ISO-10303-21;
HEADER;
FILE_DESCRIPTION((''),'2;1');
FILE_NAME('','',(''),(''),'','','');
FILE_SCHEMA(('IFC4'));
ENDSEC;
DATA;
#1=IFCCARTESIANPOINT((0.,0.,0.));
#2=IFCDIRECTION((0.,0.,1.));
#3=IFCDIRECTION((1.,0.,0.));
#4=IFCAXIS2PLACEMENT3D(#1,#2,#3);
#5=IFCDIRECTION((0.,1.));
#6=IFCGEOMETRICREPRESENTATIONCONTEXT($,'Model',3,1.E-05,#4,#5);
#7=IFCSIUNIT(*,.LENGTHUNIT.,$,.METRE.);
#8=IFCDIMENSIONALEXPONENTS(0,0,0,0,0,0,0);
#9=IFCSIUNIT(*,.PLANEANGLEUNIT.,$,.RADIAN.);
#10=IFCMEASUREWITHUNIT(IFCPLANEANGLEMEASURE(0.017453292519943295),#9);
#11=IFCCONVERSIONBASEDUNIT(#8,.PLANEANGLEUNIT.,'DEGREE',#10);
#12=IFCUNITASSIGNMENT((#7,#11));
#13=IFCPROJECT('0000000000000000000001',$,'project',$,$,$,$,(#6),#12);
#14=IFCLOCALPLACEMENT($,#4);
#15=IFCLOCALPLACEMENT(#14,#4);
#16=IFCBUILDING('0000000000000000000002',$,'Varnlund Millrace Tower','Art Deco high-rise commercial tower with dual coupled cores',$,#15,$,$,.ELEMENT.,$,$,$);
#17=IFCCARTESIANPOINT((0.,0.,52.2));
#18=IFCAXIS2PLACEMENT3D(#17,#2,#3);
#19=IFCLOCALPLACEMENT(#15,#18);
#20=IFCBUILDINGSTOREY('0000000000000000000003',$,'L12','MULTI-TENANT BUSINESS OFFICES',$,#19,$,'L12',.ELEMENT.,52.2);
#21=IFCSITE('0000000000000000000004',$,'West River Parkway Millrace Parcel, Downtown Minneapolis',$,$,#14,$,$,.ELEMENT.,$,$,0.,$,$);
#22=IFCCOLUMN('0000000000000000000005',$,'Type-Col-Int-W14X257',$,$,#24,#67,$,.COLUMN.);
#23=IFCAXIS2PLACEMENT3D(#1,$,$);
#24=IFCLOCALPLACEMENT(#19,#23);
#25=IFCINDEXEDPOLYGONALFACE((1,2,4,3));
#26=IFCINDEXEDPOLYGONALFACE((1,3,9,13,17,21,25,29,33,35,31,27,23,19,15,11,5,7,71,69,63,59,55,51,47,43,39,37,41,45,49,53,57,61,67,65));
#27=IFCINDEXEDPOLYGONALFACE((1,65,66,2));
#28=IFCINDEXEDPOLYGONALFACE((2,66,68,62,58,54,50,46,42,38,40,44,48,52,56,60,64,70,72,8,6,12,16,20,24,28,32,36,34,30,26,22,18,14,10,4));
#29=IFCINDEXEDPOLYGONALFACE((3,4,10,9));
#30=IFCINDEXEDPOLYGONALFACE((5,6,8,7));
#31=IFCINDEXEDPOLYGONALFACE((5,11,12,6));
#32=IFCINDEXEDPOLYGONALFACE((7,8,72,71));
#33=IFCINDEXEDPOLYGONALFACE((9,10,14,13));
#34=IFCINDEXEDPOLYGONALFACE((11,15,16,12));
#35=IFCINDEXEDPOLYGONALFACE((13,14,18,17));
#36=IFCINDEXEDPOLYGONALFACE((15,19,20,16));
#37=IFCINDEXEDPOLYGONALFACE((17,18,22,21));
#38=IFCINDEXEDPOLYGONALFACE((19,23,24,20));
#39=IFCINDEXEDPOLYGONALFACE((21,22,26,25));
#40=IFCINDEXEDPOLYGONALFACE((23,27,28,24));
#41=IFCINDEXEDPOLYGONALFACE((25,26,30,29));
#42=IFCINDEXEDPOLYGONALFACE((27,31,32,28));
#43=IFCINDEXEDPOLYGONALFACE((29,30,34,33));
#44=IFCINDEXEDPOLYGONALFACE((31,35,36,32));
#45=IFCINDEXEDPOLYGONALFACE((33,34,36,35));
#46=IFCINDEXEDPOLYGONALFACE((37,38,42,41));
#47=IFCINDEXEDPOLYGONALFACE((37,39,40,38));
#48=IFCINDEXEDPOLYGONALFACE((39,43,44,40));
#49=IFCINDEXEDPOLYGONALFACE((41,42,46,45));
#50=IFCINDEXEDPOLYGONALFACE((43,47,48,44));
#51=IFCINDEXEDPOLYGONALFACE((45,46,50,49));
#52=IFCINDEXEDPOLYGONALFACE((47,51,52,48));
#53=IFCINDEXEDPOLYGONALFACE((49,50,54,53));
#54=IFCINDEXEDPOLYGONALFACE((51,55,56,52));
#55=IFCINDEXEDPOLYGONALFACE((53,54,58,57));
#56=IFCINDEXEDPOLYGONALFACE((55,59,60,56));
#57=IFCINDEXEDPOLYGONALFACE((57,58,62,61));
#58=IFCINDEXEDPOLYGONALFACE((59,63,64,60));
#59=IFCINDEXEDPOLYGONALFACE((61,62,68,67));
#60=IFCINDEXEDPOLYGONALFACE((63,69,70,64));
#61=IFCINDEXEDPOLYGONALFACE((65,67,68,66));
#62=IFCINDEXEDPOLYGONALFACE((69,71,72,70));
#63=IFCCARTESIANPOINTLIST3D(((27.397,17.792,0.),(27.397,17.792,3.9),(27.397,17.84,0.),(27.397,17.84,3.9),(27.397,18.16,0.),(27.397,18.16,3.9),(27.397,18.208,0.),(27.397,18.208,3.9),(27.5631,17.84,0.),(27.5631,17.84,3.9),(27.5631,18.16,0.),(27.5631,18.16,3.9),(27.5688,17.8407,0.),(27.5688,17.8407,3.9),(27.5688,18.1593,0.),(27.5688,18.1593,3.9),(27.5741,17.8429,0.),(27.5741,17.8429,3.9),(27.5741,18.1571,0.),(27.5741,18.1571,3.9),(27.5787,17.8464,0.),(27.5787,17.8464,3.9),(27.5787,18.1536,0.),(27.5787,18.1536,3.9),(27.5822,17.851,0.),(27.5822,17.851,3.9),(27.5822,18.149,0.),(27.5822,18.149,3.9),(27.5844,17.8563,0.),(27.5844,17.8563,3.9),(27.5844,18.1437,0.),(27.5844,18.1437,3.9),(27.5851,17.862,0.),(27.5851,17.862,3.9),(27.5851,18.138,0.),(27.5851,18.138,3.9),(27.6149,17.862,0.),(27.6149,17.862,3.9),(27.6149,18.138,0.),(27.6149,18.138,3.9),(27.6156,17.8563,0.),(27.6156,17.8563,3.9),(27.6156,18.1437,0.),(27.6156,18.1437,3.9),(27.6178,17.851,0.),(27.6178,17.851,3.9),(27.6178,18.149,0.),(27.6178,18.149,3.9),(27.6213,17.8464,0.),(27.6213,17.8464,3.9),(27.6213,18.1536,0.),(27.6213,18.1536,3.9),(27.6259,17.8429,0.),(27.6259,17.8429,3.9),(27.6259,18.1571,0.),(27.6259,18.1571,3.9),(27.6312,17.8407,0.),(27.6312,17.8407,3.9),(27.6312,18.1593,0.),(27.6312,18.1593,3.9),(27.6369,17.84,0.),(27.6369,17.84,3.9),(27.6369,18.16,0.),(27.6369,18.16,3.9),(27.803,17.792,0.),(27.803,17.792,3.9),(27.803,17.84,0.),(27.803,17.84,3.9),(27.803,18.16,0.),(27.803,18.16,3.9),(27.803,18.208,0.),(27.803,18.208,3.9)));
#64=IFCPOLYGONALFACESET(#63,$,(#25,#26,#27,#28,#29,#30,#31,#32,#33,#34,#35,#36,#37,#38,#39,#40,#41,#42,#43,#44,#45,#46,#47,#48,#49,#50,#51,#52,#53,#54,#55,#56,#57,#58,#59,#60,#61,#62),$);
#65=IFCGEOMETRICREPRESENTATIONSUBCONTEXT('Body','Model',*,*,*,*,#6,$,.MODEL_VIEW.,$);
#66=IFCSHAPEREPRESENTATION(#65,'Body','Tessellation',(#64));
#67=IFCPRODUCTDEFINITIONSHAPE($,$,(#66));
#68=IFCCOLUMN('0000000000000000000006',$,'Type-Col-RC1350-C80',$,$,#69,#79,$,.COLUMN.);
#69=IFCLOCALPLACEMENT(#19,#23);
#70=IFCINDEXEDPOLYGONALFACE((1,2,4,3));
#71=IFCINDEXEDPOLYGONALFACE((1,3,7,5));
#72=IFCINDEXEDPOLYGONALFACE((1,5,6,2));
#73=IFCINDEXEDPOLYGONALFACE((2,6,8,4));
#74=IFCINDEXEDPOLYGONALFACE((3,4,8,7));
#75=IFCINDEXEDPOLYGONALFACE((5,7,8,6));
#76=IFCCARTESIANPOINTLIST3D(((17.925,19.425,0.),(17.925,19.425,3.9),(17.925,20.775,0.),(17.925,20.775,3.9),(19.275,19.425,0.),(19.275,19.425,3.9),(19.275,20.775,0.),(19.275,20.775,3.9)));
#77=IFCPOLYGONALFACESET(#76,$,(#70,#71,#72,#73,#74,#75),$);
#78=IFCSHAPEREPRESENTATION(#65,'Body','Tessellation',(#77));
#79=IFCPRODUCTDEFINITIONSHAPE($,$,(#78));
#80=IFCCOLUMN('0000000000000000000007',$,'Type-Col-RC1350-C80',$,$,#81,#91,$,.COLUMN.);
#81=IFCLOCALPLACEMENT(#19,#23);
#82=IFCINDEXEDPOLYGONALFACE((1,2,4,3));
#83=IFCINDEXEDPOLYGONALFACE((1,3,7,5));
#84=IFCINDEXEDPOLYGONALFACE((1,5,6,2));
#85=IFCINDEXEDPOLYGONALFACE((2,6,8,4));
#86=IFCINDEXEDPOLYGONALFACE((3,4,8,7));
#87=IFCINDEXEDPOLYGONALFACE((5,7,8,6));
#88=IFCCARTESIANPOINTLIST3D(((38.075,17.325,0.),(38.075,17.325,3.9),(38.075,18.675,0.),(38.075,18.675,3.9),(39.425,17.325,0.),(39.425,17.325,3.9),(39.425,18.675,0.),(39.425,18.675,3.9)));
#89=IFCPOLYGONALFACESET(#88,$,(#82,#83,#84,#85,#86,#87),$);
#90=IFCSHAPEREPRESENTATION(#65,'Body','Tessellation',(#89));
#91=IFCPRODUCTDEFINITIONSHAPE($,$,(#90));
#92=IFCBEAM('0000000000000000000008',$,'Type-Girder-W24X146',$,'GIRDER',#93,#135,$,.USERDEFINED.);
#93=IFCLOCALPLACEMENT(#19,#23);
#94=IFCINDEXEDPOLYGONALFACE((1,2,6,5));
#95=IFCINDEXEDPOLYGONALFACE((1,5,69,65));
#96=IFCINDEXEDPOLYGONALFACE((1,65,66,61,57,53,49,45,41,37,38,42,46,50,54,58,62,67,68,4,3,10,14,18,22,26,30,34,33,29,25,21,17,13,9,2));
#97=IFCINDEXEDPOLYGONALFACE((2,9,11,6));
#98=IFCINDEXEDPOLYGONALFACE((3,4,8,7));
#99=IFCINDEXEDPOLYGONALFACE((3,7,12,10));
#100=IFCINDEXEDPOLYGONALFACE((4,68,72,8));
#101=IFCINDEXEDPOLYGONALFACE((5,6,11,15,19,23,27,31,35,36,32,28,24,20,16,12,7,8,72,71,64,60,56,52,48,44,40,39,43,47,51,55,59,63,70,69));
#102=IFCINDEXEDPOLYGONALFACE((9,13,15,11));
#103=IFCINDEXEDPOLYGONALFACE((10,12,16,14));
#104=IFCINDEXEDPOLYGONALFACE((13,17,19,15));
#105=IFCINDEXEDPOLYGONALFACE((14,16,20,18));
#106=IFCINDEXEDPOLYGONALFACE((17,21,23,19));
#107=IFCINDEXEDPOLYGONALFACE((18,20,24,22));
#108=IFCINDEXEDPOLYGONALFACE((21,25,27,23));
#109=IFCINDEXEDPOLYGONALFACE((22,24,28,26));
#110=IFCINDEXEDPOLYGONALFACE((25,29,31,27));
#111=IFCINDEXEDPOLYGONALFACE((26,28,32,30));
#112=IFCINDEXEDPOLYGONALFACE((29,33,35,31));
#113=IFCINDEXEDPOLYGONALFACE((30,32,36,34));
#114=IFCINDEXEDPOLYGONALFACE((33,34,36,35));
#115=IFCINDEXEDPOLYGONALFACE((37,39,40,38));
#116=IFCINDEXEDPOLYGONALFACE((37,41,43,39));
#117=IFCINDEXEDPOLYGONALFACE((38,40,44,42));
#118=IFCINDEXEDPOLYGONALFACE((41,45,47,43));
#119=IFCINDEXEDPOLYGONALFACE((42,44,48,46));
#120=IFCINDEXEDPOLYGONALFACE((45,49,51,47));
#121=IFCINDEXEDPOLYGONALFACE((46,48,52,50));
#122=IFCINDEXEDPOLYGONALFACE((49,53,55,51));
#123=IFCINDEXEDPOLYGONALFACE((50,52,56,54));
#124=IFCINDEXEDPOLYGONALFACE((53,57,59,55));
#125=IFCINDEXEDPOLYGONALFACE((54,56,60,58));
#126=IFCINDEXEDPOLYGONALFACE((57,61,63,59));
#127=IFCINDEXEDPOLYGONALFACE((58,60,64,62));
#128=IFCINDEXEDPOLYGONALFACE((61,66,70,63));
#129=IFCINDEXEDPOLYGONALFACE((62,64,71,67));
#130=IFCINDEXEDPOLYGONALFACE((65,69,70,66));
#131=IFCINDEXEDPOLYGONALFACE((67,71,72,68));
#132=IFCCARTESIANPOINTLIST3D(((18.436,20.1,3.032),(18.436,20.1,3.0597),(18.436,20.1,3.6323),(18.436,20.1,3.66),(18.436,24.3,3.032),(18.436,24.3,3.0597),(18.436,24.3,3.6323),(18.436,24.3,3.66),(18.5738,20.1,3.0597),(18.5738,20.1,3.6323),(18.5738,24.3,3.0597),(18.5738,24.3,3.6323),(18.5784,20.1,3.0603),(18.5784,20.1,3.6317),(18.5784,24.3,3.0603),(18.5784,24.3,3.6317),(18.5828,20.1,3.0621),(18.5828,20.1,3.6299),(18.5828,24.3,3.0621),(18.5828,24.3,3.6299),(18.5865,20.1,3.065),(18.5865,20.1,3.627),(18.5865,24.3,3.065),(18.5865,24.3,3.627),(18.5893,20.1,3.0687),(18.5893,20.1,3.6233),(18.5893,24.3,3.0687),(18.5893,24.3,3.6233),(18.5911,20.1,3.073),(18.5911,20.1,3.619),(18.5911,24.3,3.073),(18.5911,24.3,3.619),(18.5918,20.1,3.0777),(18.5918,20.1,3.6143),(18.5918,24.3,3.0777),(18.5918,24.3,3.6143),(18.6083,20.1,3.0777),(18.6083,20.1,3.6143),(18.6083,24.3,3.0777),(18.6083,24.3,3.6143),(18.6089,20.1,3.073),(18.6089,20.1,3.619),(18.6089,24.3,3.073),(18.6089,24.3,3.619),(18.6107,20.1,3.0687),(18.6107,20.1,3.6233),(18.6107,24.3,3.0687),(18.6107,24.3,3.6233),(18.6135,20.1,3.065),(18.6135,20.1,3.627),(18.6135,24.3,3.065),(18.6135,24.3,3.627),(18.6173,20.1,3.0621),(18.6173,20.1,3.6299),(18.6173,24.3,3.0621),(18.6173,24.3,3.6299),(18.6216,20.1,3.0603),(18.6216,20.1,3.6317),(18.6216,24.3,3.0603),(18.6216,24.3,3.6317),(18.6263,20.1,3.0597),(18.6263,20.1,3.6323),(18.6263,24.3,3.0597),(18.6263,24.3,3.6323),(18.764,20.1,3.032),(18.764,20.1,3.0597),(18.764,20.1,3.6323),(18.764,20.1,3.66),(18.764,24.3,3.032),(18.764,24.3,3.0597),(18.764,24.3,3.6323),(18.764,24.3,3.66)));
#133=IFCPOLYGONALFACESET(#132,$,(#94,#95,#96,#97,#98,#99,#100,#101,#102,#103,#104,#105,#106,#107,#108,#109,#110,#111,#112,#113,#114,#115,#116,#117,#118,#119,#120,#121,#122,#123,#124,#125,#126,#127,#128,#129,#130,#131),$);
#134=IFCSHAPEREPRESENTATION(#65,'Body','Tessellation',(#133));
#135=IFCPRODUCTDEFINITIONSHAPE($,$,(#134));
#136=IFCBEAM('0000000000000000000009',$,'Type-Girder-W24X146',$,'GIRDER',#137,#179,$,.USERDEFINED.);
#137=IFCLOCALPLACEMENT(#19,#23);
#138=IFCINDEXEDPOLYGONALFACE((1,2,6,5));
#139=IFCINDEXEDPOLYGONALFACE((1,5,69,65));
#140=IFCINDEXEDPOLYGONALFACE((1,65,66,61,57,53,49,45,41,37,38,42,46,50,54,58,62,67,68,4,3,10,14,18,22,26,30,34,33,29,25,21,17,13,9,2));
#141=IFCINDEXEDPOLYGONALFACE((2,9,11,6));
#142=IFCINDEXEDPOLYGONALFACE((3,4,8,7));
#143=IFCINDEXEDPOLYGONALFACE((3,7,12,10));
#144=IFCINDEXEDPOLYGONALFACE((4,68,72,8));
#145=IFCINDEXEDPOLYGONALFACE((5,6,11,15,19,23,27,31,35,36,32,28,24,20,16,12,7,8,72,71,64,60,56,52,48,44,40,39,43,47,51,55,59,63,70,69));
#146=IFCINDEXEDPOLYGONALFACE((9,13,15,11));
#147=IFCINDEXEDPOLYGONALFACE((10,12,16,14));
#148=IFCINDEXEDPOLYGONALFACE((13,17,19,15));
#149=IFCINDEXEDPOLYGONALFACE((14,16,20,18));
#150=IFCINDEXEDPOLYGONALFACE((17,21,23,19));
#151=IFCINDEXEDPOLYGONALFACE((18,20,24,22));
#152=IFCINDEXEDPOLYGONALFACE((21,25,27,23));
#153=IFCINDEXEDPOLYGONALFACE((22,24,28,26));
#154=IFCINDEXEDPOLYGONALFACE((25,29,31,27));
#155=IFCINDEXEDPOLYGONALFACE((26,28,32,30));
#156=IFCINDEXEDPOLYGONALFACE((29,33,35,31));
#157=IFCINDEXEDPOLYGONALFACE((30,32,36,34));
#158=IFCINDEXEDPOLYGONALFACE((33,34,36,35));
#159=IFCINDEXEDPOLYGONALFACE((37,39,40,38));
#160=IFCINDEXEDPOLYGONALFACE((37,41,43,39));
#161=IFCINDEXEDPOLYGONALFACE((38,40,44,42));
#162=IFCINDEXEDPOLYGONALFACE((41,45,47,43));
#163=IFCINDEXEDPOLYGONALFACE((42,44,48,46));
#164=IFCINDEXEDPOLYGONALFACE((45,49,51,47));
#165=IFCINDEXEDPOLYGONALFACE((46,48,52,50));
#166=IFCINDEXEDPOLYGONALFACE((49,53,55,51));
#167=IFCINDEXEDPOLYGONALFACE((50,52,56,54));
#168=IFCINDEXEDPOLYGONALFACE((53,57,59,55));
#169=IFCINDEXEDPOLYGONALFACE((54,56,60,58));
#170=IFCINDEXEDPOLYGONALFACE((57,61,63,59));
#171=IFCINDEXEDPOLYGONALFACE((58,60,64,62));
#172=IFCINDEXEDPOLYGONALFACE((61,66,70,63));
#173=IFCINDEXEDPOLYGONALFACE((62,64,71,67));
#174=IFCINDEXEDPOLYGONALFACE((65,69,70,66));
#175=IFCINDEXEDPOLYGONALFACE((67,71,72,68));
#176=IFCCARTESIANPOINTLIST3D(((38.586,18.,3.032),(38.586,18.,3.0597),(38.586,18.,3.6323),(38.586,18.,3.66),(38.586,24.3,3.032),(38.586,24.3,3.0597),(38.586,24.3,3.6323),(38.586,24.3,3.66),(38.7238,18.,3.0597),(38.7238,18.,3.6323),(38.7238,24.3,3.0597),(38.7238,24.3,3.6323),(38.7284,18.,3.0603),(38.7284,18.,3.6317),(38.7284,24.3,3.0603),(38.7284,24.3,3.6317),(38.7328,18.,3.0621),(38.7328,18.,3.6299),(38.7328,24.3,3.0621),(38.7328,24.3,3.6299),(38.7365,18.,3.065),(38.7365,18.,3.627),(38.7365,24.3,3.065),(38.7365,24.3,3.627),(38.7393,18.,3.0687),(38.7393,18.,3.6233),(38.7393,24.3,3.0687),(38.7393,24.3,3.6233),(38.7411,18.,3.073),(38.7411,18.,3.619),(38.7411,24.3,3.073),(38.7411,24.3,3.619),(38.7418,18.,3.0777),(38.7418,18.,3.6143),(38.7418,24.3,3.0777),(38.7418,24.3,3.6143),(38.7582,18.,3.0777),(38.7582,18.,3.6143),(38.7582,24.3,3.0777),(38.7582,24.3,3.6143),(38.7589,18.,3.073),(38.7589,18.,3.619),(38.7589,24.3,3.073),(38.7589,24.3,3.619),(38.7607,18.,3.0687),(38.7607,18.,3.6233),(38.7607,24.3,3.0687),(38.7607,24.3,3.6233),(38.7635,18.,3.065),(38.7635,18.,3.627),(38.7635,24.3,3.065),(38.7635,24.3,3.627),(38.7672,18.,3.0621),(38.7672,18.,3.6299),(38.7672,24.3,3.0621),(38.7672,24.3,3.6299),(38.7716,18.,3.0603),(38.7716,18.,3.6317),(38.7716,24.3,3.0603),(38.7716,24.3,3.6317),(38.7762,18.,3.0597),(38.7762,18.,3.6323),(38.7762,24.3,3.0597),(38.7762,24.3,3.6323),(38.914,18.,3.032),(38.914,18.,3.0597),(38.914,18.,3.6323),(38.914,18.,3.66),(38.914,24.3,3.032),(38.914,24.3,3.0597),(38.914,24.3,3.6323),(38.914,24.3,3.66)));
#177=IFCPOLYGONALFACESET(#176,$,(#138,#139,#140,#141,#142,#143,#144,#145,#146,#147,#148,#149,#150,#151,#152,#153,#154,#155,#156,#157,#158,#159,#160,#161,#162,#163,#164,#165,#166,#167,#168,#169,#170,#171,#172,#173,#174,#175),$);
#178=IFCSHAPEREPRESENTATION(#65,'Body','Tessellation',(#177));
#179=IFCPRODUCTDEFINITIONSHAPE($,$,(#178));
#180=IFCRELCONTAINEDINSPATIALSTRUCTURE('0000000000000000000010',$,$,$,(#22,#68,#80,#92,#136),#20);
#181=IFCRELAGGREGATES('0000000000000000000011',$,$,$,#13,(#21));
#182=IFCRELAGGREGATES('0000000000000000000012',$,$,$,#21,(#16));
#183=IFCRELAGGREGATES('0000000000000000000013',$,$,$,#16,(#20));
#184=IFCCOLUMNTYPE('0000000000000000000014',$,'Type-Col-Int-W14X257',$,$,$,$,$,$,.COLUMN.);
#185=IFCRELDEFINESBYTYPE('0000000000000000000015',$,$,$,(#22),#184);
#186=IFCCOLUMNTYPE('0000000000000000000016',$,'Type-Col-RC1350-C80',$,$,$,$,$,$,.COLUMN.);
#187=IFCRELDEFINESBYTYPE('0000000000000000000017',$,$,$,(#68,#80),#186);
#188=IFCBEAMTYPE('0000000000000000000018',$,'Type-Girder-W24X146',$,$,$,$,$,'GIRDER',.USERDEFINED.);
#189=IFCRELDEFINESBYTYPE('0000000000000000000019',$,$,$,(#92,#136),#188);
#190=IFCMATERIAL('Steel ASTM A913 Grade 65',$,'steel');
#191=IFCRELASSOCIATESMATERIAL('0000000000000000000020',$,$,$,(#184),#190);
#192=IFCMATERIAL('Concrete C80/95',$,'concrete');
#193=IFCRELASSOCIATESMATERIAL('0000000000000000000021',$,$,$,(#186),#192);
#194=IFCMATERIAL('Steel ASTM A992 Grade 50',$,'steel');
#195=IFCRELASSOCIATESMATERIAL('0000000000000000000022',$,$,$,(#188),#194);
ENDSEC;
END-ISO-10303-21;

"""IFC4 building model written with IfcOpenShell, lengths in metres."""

from ifc_helpers import new_model, entity, si_unit, converted_unit, direction, frame, origin_with_axes, origin_2d_with_axis, place, context, subcontext, project, spatial, rectangle, i_section, extrude, material, material_profile, profile_set, type_object, element, save


model = new_model("IFC4")

# Units and contexts
model_context = context("Model", 3, precision=1e-05, world=origin_with_axes(), true_north=direction((0.0, 1.0)))
body_context = subcontext(model_context, "Body", "Model", "MODEL_VIEW")
ifc_project = project(units=[si_unit("LENGTHUNIT", "METRE"), converted_unit("PLANEANGLEUNIT", "DEGREE", entity("IfcPlaneAngleMeasure", 0.017453292519943295), si_unit("PLANEANGLEUNIT", "RADIAN"), dimensions=[0, 0, 0, 0, 0, 0, 0])], contexts=[model_context])

# Site, building, storey
site_placement = place(None, origin_with_axes())
site = spatial("IfcSite", under=ifc_project, at=site_placement, Name="West River Parkway Millrace Parcel, Downtown Minneapolis", CompositionType="ELEMENT", RefElevation=0.0)
building_placement = place(site_placement, origin_with_axes())
building = spatial("IfcBuilding", under=site, at=building_placement, Name="Varnlund Millrace Tower", Description="Art Deco high-rise commercial tower with dual coupled cores", CompositionType="ELEMENT")
storey_placement = place(building_placement, frame((0.0, 0.0, 52.2), z_axis=(0.0, 0.0, 1.0), x_axis=(1.0, 0.0, 0.0)))
storey = spatial("IfcBuildingStorey", under=building, at=storey_placement, Name="L12", Description="MULTI-TENANT BUSINESS OFFICES", LongName="L12", CompositionType="ELEMENT", Elevation=52.2)

# Columns
ifc_material_1 = material(Name="Steel ASTM A913 Grade 65", Category="steel")
ifc_material_profile_1 = material_profile(ifc_material_1, i_section(OverallWidth=0.406, OverallDepth=0.416, WebThickness=0.0298, FlangeThickness=0.048, FilletRadius=0.022, at=origin_2d_with_axis()), Name="Steel ASTM A913 Grade 65")
ifc_profile_set_1 = profile_set([ifc_material_profile_1], Name="Steel ASTM A913 Grade 65")
column_type_1 = type_object("IfcColumnType", Name="Type-Col-Int-W14X257", PredefinedType="COLUMN", material=ifc_profile_set_1)
column_placement = place(storey_placement, frame((27.6, 18.0, 0.0), z_axis=(0.0, 0.0, 1.0), x_axis=(1.0, 0.0, 0.0)))
element("IfcColumn", 1, at=column_placement, inside=storey, type_object=column_type_1, Name="Type-Col-Int-W14X257", PredefinedType="COLUMN", context=body_context, shape_type="SweptSolid", body=[
    extrude(i_section(OverallWidth=0.406, OverallDepth=0.416, WebThickness=0.0298, FlangeThickness=0.048, FilletRadius=0.022, at=origin_2d_with_axis()), origin_with_axes(), (0.0, 0.0, 1.0), 3.9),
])
ifc_material_2 = material(Name="Concrete C80/95", Category="concrete")
ifc_material_profile_2 = material_profile(ifc_material_2, rectangle(XDim=1.35, YDim=1.35, at=origin_2d_with_axis()), Name="Concrete C80/95")
ifc_profile_set_2 = profile_set([ifc_material_profile_2], Name="Concrete C80/95")
column_type_2 = type_object("IfcColumnType", Name="Type-Col-RC1350-C80", PredefinedType="COLUMN", material=ifc_profile_set_2)
for number, where, z_axis, x_axis, name in (
    (2, (18.6, 20.1, 0.0), (0.0, 0.0, 1.0), (1.0, 0.0, 0.0), "Type-Col-RC1350-C80"),
    (3, (38.75, 18.0, 0.0), (0.0, 0.0, 1.0), (1.0, 0.0, 0.0), "Type-Col-RC1350-C80"),
):
    element("IfcColumn", number, at=place(storey_placement, frame(where, z_axis=z_axis, x_axis=x_axis)), inside=storey, type_object=column_type_2, Name=name, PredefinedType="COLUMN", context=body_context, shape_type="SweptSolid", body=[
        extrude(rectangle(XDim=1.35, YDim=1.35, at=origin_2d_with_axis()), origin_with_axes(), (0.0, 0.0, 1.0), 3.9),
    ])

# Beams
ifc_material_3 = material(Name="Steel ASTM A992 Grade 50", Category="steel")
ifc_material_profile_3 = material_profile(ifc_material_3, i_section(OverallWidth=0.328, OverallDepth=0.628, WebThickness=0.0165, FlangeThickness=0.0277, FilletRadius=0.018, at=origin_2d_with_axis()), Name="Steel ASTM A992 Grade 50")
ifc_profile_set_3 = profile_set([ifc_material_profile_3], Name="Steel ASTM A992 Grade 50")
beam_type_1 = type_object("IfcBeamType", Name="Type-Girder-W24X146", ElementType="GIRDER", PredefinedType="USERDEFINED", material=ifc_profile_set_3)
beam_1_placement = place(storey_placement, frame((18.6, 20.1, 3.346), z_axis=(0.0, 1.0, 0.0), x_axis=(-1.0, 0.0, 0.0)))
element("IfcBeam", 4, at=beam_1_placement, inside=storey, type_object=beam_type_1, Name="Type-Girder-W24X146", ObjectType="GIRDER", PredefinedType="USERDEFINED", context=body_context, shape_type="SweptSolid", body=[
    extrude(i_section(OverallWidth=0.328, OverallDepth=0.628, WebThickness=0.0165, FlangeThickness=0.0277, FilletRadius=0.018, at=origin_2d_with_axis()), origin_with_axes(), (0.0, 0.0, 1.0), 4.2),
])
beam_2_placement = place(storey_placement, frame((38.75, 18.0, 3.346), z_axis=(0.0, 1.0, 0.0), x_axis=(-1.0, 0.0, 0.0)))
element("IfcBeam", 5, at=beam_2_placement, inside=storey, type_object=beam_type_1, Name="Type-Girder-W24X146", ObjectType="GIRDER", PredefinedType="USERDEFINED", context=body_context, shape_type="SweptSolid", body=[
    extrude(i_section(OverallWidth=0.328, OverallDepth=0.628, WebThickness=0.0165, FlangeThickness=0.0277, FilletRadius=0.018, at=origin_2d_with_axis()), origin_with_axes(), (0.0, 0.0, 1.0), 6.3),
])

save(model, "model.ifc")
